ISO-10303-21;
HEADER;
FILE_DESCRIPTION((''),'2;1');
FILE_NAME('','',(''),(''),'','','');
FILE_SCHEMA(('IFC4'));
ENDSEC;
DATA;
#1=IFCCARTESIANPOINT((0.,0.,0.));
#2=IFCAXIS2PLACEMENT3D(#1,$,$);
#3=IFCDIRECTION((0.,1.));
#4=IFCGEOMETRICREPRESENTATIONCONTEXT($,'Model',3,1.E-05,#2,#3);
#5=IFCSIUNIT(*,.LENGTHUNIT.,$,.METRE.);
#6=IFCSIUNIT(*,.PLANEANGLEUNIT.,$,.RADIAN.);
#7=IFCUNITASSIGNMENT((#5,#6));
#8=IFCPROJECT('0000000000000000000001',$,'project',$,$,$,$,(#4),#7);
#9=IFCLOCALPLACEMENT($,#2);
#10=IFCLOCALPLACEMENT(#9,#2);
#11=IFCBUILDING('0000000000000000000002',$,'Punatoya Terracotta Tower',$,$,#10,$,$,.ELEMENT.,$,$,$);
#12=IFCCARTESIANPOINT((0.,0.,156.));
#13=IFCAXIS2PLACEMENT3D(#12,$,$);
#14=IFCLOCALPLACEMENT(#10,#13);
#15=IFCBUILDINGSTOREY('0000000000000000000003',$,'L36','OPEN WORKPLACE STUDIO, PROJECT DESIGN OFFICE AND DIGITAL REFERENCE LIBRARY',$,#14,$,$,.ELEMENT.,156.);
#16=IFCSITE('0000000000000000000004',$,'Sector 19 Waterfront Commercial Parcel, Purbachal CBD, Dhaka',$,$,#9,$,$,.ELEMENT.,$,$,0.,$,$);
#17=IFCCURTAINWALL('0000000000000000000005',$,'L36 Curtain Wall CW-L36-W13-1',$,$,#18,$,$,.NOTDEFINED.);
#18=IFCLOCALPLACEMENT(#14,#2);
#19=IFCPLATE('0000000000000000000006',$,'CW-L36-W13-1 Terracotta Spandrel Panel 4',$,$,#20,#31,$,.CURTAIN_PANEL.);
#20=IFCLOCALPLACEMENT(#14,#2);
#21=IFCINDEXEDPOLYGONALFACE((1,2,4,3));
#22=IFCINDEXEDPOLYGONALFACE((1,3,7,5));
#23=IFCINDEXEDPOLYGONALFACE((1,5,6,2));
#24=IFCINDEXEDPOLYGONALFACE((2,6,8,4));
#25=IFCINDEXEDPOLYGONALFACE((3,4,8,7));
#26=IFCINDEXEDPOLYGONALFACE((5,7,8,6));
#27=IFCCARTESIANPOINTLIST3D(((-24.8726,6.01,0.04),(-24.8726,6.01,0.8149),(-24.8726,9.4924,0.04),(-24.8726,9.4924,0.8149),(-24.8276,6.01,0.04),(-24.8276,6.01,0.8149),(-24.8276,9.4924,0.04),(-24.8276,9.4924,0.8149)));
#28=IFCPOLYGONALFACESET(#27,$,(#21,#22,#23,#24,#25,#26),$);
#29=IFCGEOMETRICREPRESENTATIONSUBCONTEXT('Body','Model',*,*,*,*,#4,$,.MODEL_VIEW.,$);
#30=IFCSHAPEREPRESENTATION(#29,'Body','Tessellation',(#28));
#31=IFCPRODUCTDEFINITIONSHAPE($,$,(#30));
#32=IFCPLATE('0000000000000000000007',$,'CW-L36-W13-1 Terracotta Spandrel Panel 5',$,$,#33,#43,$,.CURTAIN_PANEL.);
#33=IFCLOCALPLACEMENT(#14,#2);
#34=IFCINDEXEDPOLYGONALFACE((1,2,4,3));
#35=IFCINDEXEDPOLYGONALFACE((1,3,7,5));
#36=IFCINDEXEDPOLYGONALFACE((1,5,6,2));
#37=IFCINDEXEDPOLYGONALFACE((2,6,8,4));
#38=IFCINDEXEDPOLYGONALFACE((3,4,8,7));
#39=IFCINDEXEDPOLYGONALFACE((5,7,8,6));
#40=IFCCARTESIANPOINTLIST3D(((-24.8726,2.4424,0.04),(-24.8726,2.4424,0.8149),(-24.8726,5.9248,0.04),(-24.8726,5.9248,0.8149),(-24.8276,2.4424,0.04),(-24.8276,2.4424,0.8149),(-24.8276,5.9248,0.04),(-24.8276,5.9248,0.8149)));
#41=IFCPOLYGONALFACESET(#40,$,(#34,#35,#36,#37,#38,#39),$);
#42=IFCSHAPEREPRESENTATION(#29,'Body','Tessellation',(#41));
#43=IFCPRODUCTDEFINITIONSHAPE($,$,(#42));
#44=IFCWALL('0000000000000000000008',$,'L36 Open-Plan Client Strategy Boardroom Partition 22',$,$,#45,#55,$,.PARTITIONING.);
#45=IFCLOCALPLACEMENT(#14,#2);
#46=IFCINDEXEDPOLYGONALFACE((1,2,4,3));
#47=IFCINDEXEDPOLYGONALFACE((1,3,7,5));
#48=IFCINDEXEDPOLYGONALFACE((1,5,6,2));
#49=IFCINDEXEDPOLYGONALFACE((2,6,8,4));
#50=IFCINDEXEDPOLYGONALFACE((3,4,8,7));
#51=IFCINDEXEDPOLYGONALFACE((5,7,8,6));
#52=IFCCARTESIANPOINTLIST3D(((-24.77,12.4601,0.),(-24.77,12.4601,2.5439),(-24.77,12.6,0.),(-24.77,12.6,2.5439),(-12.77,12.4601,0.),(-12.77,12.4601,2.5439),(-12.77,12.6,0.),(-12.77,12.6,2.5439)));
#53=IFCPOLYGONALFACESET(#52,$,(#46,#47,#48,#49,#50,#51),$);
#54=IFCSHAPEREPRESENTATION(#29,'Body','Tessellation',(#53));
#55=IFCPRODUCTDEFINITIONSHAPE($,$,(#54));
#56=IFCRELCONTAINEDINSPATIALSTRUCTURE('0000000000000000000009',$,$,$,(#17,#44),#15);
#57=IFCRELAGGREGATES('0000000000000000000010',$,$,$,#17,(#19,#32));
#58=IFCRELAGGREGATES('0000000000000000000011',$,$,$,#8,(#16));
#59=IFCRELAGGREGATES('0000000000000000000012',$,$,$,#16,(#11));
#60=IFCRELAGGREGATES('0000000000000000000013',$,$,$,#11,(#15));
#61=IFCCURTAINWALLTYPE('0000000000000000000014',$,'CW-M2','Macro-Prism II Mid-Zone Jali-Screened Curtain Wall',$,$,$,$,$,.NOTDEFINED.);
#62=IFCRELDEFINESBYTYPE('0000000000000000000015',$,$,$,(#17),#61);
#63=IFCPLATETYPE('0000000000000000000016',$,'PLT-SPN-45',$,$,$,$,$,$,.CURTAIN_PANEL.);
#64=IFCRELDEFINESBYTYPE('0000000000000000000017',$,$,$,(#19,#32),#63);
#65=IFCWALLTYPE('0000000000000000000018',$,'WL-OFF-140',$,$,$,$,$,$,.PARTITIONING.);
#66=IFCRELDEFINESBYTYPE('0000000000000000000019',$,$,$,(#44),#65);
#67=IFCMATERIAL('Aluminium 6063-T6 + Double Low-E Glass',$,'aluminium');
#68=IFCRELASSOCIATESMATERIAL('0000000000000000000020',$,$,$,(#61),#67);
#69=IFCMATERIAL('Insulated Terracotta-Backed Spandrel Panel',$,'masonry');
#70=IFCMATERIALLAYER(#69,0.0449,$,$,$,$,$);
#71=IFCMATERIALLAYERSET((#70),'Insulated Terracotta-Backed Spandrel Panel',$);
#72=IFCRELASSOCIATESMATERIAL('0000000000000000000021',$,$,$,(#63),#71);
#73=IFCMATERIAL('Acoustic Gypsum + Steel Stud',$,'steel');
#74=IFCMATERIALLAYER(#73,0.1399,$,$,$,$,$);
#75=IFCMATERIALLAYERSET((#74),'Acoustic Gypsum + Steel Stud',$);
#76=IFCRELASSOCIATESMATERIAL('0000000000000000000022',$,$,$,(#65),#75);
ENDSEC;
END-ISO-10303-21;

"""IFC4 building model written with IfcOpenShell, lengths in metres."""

from ifc_helpers import new_model, si_unit, direction, frame, frame_2d, origin, origin_2d, place, context, subcontext, project, spatial, rectangle, extrude, material, layer, layer_set, type_object, element, aggregate, save


model = new_model("IFC4")

# Units and contexts
model_context = context("Model", 3, precision=1e-05, world=origin(), true_north=direction((0.0, 1.0)))
body_context = subcontext(model_context, "Body", "Model", "MODEL_VIEW")
ifc_project = project(units=[si_unit("LENGTHUNIT", "METRE"), si_unit("PLANEANGLEUNIT", "RADIAN")], contexts=[model_context])

# Site, building, storey
site_placement = place(None, origin())
site = spatial("IfcSite", under=ifc_project, at=site_placement, Name="Sector 19 Waterfront Commercial Parcel, Purbachal CBD, Dhaka", CompositionType="ELEMENT", RefElevation=0.0)
building_placement = place(site_placement, origin())
building = spatial("IfcBuilding", under=site, at=building_placement, Name="Punatoya Terracotta Tower", CompositionType="ELEMENT")
storey_placement = place(building_placement, frame((0.0, 0.0, 156.0)))
storey = spatial("IfcBuildingStorey", under=building, at=storey_placement, Name="L36", Description="OPEN WORKPLACE STUDIO, PROJECT DESIGN OFFICE AND DIGITAL REFERENCE LIBRARY", CompositionType="ELEMENT", Elevation=156.0)

# Curtain wall, plates
ifc_material_1 = material(Name="Aluminium 6063-T6 + Double Low-E Glass", Category="aluminium")
curtain_wall_type = type_object("IfcCurtainWallType", Name="CW-M2", Description="Macro-Prism II Mid-Zone Jali-Screened Curtain Wall", PredefinedType="NOTDEFINED", material=ifc_material_1)
curtain_wall_placement = place(storey_placement, origin())
curtain_wall = element("IfcCurtainWall", 1, at=curtain_wall_placement, inside=storey, type_object=curtain_wall_type, Name="L36 Curtain Wall CW-L36-W13-1", PredefinedType="NOTDEFINED")
ifc_material_2 = material(Name="Insulated Terracotta-Backed Spandrel Panel", Category="masonry")
ifc_layer_1 = layer(ifc_material_2, 0.0449)
ifc_layer_set_1 = layer_set([ifc_layer_1], Name="Insulated Terracotta-Backed Spandrel Panel")
plate_type_1 = type_object("IfcPlateType", Name="PLT-SPN-45", PredefinedType="CURTAIN_PANEL", material=ifc_layer_set_1)
plate_1_placement = place(storey_placement, frame((-24.8501, 7.7512, 0.04), z_axis=(0.0, 0.0, 1.0), x_axis=(0.0, -1.0, 0.0)))
plate_1 = element("IfcPlate", 2, at=plate_1_placement, type_object=plate_type_1, Name="CW-L36-W13-1 Terracotta Spandrel Panel 4", PredefinedType="CURTAIN_PANEL", context=body_context, shape_type="SweptSolid", body=[
    extrude(rectangle(XDim=3.4824, YDim=0.0449, at=origin_2d()), origin(), (0.0, 0.0, 1.0), 0.7749),
])
plate_2_placement = place(storey_placement, frame((-24.8501, 4.1836, 0.04), z_axis=(0.0, 0.0, 1.0), x_axis=(0.0, -1.0, 0.0)))
plate_2 = element("IfcPlate", 3, at=plate_2_placement, type_object=plate_type_1, Name="CW-L36-W13-1 Terracotta Spandrel Panel 5", PredefinedType="CURTAIN_PANEL", context=body_context, shape_type="SweptSolid", body=[
    extrude(rectangle(XDim=3.4824, YDim=0.0449, at=origin_2d()), origin(), (0.0, 0.0, 1.0), 0.7749),
])
aggregate(curtain_wall, [plate_1, plate_2])

# Wall
ifc_material_3 = material(Name="Acoustic Gypsum + Steel Stud", Category="steel")
ifc_layer_2 = layer(ifc_material_3, 0.1399)
ifc_layer_set_2 = layer_set([ifc_layer_2], Name="Acoustic Gypsum + Steel Stud")
wall_type = type_object("IfcWallType", Name="WL-OFF-140", PredefinedType="PARTITIONING", material=ifc_layer_set_2)
wall_placement = place(storey_placement, frame((-24.77, 12.53, 0.0), z_axis=(0.0, 0.0, 1.0), x_axis=(1.0, 0.0, 0.0)))
element("IfcWall", 4, at=wall_placement, inside=storey, type_object=wall_type, Name="L36 Open-Plan Client Strategy Boardroom Partition 22", PredefinedType="PARTITIONING", context=body_context, shape_type="SweptSolid", body=[
    extrude(rectangle(XDim=12.0, YDim=0.1399, at=frame_2d((6.0, 0.0))), origin(), (0.0, 0.0, 1.0), 2.5439),
])

save(model, "model.ifc")
